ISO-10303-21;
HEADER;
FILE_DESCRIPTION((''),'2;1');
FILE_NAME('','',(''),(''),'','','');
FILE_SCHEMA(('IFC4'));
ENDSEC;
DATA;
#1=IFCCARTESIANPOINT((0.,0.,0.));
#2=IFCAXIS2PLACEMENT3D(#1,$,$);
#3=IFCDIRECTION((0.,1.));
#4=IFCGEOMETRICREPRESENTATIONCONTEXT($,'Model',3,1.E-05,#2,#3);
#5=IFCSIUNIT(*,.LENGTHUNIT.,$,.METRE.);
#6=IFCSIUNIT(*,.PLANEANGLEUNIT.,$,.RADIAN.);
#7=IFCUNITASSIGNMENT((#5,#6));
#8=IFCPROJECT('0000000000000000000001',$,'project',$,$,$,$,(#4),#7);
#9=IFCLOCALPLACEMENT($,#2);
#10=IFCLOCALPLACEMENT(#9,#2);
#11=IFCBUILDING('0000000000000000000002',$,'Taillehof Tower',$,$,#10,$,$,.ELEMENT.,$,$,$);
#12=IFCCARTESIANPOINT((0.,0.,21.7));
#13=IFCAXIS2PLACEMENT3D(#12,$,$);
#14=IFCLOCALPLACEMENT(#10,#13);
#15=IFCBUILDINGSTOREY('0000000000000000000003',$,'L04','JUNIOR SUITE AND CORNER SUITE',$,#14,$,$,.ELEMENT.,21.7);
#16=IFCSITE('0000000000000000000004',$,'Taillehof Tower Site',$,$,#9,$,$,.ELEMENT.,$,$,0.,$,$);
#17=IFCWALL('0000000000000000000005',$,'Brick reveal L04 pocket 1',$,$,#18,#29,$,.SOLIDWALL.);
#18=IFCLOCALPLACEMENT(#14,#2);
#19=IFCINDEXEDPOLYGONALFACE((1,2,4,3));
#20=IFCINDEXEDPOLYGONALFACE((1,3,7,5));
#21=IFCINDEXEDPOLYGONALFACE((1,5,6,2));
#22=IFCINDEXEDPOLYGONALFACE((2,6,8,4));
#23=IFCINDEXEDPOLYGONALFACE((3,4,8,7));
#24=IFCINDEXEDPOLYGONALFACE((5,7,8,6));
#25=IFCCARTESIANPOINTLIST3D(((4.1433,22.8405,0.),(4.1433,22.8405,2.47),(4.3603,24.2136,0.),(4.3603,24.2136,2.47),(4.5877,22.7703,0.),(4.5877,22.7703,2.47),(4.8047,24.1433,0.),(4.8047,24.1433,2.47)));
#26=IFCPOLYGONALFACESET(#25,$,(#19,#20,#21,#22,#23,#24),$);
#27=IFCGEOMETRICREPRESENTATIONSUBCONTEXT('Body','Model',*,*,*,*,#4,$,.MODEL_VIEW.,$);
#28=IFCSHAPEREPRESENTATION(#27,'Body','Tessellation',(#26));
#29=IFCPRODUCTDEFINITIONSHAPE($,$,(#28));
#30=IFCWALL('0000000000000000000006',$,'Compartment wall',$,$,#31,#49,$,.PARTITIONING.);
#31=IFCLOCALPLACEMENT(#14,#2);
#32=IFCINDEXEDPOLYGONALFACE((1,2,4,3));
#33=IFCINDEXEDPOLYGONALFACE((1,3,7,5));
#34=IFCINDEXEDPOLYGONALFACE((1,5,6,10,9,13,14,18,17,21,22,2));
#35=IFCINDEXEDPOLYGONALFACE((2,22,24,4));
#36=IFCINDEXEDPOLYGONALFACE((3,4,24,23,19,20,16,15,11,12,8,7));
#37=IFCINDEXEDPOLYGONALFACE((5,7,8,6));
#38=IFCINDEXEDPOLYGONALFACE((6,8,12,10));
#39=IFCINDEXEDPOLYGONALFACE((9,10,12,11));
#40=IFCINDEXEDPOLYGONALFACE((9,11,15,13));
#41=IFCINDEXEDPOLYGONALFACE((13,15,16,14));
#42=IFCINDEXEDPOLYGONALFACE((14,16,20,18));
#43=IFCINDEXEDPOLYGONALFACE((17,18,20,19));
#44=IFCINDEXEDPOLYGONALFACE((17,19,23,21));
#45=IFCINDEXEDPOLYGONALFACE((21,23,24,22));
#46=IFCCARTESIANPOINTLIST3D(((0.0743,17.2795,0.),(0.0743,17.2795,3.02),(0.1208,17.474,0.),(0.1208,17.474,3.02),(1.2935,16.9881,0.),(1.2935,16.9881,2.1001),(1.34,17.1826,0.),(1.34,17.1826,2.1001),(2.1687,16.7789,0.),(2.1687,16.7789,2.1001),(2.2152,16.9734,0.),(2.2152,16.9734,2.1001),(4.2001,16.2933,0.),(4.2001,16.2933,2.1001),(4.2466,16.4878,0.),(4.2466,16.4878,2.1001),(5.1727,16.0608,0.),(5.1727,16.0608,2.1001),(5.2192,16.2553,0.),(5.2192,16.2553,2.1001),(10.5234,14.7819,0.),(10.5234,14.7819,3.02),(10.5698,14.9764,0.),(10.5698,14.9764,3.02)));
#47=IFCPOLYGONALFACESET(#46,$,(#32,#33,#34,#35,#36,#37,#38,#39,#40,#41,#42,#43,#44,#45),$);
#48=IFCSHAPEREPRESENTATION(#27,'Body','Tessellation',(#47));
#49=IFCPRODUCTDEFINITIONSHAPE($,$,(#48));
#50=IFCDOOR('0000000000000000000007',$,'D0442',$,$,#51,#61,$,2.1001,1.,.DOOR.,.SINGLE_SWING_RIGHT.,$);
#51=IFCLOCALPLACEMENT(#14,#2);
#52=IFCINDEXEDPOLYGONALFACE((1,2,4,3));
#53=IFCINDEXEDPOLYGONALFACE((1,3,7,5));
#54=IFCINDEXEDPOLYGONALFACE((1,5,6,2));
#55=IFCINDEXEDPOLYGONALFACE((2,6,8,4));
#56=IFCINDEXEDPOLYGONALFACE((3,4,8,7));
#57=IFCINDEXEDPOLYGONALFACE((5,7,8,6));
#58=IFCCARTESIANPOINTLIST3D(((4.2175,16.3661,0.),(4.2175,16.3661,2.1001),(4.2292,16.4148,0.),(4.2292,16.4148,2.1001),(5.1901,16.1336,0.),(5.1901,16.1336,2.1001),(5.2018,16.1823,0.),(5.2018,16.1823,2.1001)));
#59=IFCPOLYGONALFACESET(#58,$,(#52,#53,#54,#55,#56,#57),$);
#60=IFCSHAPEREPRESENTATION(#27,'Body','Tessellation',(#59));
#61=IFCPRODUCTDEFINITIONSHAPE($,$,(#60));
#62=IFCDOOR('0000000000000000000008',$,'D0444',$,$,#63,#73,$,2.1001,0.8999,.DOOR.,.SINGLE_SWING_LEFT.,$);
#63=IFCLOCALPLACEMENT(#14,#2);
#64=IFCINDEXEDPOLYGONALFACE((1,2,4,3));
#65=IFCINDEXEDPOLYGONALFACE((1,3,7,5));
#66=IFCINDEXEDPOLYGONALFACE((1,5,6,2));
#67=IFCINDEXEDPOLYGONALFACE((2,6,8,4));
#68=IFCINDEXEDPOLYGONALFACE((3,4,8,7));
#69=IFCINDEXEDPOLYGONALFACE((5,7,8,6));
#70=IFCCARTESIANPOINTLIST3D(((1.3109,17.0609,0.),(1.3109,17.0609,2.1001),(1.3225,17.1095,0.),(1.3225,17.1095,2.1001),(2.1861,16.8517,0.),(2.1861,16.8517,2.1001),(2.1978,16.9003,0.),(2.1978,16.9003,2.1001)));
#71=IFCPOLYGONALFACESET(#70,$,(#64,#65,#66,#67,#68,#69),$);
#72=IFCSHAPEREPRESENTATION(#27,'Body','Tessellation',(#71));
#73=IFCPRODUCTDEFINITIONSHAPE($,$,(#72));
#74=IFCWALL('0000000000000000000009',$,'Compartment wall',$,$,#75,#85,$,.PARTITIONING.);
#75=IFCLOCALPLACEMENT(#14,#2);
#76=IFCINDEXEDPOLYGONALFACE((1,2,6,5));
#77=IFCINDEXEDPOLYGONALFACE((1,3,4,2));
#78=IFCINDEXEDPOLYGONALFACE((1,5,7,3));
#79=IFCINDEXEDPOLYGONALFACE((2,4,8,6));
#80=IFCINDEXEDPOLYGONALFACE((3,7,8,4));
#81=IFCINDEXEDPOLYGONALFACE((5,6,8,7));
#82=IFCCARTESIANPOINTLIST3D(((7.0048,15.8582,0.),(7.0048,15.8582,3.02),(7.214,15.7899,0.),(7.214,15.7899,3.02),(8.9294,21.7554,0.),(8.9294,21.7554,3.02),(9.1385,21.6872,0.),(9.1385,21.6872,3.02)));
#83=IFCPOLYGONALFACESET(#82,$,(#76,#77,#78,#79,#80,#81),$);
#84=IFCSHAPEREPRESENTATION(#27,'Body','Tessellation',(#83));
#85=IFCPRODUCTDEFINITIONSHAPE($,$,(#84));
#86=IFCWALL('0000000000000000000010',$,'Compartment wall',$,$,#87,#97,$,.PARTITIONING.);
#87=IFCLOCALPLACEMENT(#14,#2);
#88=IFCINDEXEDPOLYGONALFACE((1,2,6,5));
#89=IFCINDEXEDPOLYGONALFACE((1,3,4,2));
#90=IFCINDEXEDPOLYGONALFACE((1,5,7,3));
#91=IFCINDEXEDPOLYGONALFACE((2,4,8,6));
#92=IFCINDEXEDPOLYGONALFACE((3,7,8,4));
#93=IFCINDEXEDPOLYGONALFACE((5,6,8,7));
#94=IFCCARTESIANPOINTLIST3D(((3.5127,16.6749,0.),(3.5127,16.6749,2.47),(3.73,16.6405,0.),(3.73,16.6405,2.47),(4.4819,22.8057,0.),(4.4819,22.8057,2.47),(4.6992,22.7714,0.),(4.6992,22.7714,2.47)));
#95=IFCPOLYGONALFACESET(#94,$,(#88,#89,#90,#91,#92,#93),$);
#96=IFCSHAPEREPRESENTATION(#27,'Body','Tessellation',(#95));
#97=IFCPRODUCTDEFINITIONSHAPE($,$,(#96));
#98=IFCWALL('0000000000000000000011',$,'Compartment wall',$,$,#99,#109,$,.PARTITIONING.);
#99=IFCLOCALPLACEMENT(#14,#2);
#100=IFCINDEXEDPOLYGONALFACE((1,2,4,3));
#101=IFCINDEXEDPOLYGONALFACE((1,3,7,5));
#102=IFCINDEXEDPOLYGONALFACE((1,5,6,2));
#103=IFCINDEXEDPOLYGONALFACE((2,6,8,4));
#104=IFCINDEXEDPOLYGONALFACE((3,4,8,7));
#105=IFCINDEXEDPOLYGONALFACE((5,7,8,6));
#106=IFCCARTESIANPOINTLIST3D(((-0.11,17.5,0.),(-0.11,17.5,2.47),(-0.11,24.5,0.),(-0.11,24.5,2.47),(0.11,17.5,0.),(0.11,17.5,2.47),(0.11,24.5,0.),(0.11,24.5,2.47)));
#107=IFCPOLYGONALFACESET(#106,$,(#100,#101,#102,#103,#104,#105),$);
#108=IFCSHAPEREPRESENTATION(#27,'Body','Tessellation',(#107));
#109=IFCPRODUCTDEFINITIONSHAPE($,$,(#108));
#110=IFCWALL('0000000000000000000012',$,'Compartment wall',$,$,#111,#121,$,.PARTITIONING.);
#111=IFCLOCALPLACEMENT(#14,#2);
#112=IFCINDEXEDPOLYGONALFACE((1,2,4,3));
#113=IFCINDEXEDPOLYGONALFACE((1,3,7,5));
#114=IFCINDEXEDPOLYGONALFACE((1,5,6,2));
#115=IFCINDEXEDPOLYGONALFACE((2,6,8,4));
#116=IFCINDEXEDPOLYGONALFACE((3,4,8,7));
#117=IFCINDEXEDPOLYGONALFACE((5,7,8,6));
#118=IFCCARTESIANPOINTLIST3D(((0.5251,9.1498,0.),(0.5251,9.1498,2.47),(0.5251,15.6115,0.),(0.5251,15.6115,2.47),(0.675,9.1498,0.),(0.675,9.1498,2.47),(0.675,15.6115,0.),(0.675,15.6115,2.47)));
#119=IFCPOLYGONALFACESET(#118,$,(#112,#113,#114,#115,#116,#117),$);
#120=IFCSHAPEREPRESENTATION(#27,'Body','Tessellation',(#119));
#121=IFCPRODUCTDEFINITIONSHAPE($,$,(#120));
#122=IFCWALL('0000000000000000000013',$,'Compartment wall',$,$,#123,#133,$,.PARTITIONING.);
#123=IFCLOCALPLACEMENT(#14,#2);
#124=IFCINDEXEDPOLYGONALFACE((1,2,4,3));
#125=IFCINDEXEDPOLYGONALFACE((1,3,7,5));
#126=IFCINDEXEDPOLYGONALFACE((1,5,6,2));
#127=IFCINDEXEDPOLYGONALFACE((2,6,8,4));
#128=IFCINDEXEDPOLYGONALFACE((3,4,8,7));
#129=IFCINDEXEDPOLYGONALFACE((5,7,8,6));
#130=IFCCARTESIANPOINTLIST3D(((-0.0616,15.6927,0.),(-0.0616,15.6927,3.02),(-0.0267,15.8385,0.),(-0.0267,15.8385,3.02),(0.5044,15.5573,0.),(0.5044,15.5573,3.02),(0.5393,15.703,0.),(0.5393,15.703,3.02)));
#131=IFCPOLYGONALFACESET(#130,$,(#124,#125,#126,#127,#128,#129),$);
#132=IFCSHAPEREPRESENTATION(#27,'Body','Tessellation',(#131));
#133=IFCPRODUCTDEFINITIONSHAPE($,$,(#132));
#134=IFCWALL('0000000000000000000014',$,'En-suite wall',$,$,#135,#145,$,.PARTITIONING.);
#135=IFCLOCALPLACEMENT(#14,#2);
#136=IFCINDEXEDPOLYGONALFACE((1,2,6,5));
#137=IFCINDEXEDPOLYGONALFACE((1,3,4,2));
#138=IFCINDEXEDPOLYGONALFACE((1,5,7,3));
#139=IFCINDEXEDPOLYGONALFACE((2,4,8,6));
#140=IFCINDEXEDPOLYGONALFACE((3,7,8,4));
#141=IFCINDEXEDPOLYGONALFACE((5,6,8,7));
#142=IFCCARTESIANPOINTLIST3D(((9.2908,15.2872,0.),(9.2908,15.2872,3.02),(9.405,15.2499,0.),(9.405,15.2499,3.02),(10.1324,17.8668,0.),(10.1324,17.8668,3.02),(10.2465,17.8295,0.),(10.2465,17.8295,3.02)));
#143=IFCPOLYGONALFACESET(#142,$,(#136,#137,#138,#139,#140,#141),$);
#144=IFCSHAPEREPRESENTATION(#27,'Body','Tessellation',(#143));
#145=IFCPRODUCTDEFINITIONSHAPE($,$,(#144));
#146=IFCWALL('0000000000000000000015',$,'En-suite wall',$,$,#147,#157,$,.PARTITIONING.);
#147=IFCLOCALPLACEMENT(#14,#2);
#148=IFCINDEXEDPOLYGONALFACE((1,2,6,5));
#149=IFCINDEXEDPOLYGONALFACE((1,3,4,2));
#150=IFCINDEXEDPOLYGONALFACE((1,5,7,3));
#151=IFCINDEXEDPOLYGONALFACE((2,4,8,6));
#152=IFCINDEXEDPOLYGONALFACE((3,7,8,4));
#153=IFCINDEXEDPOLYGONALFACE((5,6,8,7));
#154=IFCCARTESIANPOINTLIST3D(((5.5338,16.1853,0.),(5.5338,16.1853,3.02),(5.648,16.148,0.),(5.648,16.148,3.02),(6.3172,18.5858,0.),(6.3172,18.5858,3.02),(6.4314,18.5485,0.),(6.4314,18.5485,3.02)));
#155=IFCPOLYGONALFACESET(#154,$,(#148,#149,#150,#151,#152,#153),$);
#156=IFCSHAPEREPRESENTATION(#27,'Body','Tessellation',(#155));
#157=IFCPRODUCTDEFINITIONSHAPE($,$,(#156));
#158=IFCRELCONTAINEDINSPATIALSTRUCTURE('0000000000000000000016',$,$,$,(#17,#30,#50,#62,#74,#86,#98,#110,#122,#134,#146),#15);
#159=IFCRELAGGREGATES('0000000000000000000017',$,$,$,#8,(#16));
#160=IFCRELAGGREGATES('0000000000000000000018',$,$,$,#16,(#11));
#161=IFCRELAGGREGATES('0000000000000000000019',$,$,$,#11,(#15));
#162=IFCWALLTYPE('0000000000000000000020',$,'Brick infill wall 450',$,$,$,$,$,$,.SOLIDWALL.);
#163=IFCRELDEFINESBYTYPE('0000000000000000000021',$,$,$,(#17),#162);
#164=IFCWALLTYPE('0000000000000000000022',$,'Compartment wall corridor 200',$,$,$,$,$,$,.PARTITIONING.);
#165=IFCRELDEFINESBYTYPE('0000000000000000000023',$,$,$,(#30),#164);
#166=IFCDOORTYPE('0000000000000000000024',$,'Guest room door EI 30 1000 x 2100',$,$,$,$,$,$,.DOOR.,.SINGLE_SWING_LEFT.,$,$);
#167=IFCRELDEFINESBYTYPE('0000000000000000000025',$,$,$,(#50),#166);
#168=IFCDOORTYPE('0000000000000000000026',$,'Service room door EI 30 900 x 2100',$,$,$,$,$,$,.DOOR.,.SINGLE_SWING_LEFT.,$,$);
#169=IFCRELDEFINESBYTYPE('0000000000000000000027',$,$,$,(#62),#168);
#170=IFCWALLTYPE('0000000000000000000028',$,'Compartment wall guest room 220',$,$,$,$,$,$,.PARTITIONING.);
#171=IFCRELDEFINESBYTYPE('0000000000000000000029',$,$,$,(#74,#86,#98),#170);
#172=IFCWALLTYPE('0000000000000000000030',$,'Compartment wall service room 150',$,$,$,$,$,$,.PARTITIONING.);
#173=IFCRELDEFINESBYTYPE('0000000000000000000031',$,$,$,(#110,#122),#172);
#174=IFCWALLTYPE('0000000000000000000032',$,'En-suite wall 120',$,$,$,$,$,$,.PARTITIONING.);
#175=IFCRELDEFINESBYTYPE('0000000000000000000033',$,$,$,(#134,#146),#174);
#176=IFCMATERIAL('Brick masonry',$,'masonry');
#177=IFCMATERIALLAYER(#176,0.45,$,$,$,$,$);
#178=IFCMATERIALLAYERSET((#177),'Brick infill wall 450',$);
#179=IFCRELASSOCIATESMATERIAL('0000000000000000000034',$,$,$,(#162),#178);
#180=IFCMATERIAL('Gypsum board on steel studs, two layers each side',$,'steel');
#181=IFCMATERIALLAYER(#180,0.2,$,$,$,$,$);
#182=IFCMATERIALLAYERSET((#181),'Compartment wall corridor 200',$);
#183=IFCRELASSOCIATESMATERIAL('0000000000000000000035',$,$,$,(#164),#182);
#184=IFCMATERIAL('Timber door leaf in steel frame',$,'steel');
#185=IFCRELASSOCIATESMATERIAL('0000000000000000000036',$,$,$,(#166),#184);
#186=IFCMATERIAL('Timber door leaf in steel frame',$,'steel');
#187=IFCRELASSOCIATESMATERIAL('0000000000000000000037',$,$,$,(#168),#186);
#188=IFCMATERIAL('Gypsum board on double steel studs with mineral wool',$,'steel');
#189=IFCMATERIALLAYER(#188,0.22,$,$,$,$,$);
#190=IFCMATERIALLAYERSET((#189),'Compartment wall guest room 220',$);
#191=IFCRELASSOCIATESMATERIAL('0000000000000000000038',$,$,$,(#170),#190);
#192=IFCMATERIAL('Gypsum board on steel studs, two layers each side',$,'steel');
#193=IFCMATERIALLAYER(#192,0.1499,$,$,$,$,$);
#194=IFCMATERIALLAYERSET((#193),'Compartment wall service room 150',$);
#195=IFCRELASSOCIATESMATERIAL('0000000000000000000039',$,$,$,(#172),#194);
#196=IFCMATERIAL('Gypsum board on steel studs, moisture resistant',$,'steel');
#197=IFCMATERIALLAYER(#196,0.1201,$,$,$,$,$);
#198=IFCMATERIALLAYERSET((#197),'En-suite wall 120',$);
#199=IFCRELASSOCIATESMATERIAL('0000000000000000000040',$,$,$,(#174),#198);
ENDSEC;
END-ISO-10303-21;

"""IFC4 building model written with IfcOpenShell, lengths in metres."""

from ifc_helpers import new_model, si_unit, direction, frame, frame_2d, origin, place, context, subcontext, project, spatial, rectangle, extrude, material, layer, layer_set, type_object, element, fill, save


model = new_model("IFC4")

# Units and contexts
model_context = context("Model", 3, precision=1e-05, world=origin(), true_north=direction((0.0, 1.0)))
body_context = subcontext(model_context, "Body", "Model", "MODEL_VIEW")
ifc_project = project(units=[si_unit("LENGTHUNIT", "METRE"), si_unit("PLANEANGLEUNIT", "RADIAN")], contexts=[model_context])

# Site, building, storey
site_placement = place(None, origin())
site = spatial("IfcSite", under=ifc_project, at=site_placement, Name="Taillehof Tower Site", CompositionType="ELEMENT", RefElevation=0.0)
building_placement = place(site_placement, origin())
building = spatial("IfcBuilding", under=site, at=building_placement, Name="Taillehof Tower", CompositionType="ELEMENT")
storey_placement = place(building_placement, frame((0.0, 0.0, 21.7)))
storey = spatial("IfcBuildingStorey", under=building, at=storey_placement, Name="L04", Description="JUNIOR SUITE AND CORNER SUITE", CompositionType="ELEMENT", Elevation=21.7)

# Shared definitions
ifc_material_1 = material(Name="Brick masonry", Category="masonry")
ifc_layer_1 = layer(ifc_material_1, 0.45)
ifc_layer_set_1 = layer_set([ifc_layer_1], Name="Brick infill wall 450")
wall_type_1 = type_object("IfcWallType", Name="Brick infill wall 450", PredefinedType="SOLIDWALL", material=ifc_layer_set_1)

# Wall
wall_1_placement = place(storey_placement, frame((4.5825, 24.1785, 0.0), z_axis=(0.0, 0.0, 1.0), x_axis=(-0.156134, -0.987736, 0.0)))
element("IfcWall", 1, at=wall_1_placement, inside=storey, type_object=wall_type_1, Name="Brick reveal L04 pocket 1", PredefinedType="SOLIDWALL", context=body_context, shape_type="SweptSolid", body=[
    extrude(rectangle(XDim=1.3901, YDim=0.45, at=frame_2d((0.6951, 0.0))), origin(), (0.0, 0.0, 1.0), 2.47),
])

# Wall, openings, doors
ifc_material_2 = material(Name="Gypsum board on steel studs, two layers each side", Category="steel")
ifc_layer_2 = layer(ifc_material_2, 0.2)
ifc_layer_set_2 = layer_set([ifc_layer_2], Name="Compartment wall corridor 200")
wall_type_2 = type_object("IfcWallType", Name="Compartment wall corridor 200", PredefinedType="PARTITIONING", material=ifc_layer_set_2)
wall_2_placement = place(storey_placement, frame((0.0977, 17.3767, 0.0), z_axis=(0.0, 0.0, 1.0), x_axis=(0.972602, -0.232476, 0.0)))
wall_2 = element("IfcWall", 2, at=wall_2_placement, inside=storey, type_object=wall_type_2, Name="Compartment wall", PredefinedType="PARTITIONING", context=body_context, shape_type="SweptSolid", body=[
    extrude(rectangle(XDim=10.7434, YDim=0.2, at=frame_2d((5.3716, 0.0))), origin(), (0.0, 0.0, 1.0), 3.02),
])
opening_1_placement = place(wall_2_placement, frame((4.2419, 0.0, 0.0)))
opening_1 = element("IfcOpeningElement", 3, at=opening_1_placement, cuts=wall_2, PredefinedType="OPENING", context=body_context, shape_type="SweptSolid", body=[
    extrude(rectangle(XDim=1.0, YDim=2.1001, at=frame_2d((0.5, 1.05))), frame((0.0, 0.1099, 0.0), z_axis=(0.0, -1.0, 0.0), x_axis=(1.0, 0.0, 0.0)), (0.0, 0.0, 1.0), 0.22),
])
opening_2_placement = place(wall_2_placement, frame((1.2534, 0.0, 0.0)))
opening_2 = element("IfcOpeningElement", 4, at=opening_2_placement, cuts=wall_2, PredefinedType="OPENING", context=body_context, shape_type="SweptSolid", body=[
    extrude(rectangle(XDim=0.8999, YDim=2.1001, at=frame_2d((0.45, 1.05))), frame((0.0, 0.1099, 0.0), z_axis=(0.0, -1.0, 0.0), x_axis=(1.0, 0.0, 0.0)), (0.0, 0.0, 1.0), 0.22),
])
ifc_material_3 = material(Name="Timber door leaf in steel frame", Category="steel")
door_type_1 = type_object("IfcDoorType", Name="Guest room door EI 30 1000 x 2100", OperationType="SINGLE_SWING_LEFT", PredefinedType="DOOR", material=ifc_material_3)
door_1_placement = place(opening_1_placement, origin())
door_1 = element("IfcDoor", 5, at=door_1_placement, inside=storey, type_object=door_type_1, Name="D0442", OperationType="SINGLE_SWING_RIGHT", OverallHeight=2.1001, OverallWidth=1.0, PredefinedType="DOOR", context=body_context, shape_type="SweptSolid", body=[
    extrude(rectangle(XDim=1.0, YDim=2.1001, at=frame_2d((0.5, 1.05))), frame((0.0, 0.0249, 0.0), z_axis=(0.0, -1.0, 0.0), x_axis=(1.0, 0.0, 0.0)), (0.0, 0.0, 1.0), 0.05),
])
fill(opening_1, door_1)
ifc_material_4 = material(Name="Timber door leaf in steel frame", Category="steel")
door_type_2 = type_object("IfcDoorType", Name="Service room door EI 30 900 x 2100", OperationType="SINGLE_SWING_LEFT", PredefinedType="DOOR", material=ifc_material_4)
door_2_placement = place(opening_2_placement, origin())
door_2 = element("IfcDoor", 6, at=door_2_placement, inside=storey, type_object=door_type_2, Name="D0444", OperationType="SINGLE_SWING_LEFT", OverallHeight=2.1001, OverallWidth=0.8999, PredefinedType="DOOR", context=body_context, shape_type="SweptSolid", body=[
    extrude(rectangle(XDim=0.8999, YDim=2.1001, at=frame_2d((0.45, 1.05))), frame((0.0, 0.0249, 0.0), z_axis=(0.0, -1.0, 0.0), x_axis=(1.0, 0.0, 0.0)), (0.0, 0.0, 1.0), 0.05),
])
fill(opening_2, door_2)

# Walls
ifc_material_5 = material(Name="Gypsum board on double steel studs with mineral wool", Category="steel")
ifc_layer_3 = layer(ifc_material_5, 0.22)
ifc_layer_set_3 = layer_set([ifc_layer_3], Name="Compartment wall guest room 220")
wall_type_3 = type_object("IfcWallType", Name="Compartment wall guest room 220", PredefinedType="PARTITIONING", material=ifc_layer_set_3)
wall_3_placement = place(storey_placement, frame((9.0339, 21.7212, 0.0), z_axis=(0.0, 0.0, 1.0), x_axis=(-0.310247, -0.950656, 0.0)))
element("IfcWall", 7, at=wall_3_placement, inside=storey, type_object=wall_type_3, Name="Compartment wall", PredefinedType="PARTITIONING", context=body_context, shape_type="SweptSolid", body=[
    extrude(rectangle(XDim=6.2034, YDim=0.22, at=frame_2d((3.1016, 0.0))), origin(), (0.0, 0.0, 1.0), 3.02),
])
wall_4_placement = place(storey_placement, frame((4.5906, 22.7886, 0.0), z_axis=(0.0, 0.0, 1.0), x_axis=(-0.156152, -0.987733, 0.0)))
element("IfcWall", 8, at=wall_4_placement, inside=storey, type_object=wall_type_3, Name="Compartment wall", PredefinedType="PARTITIONING", context=body_context, shape_type="SweptSolid", body=[
    extrude(rectangle(XDim=6.207, YDim=0.22, at=frame_2d((3.1035, 0.0))), origin(), (0.0, 0.0, 1.0), 2.47),
])
wall_5_placement = place(storey_placement, frame((0.0, 24.5, 0.0), z_axis=(0.0, 0.0, 1.0), x_axis=(0.0, -1.0, 0.0)))
element("IfcWall", 9, at=wall_5_placement, inside=storey, type_object=wall_type_3, Name="Compartment wall", PredefinedType="PARTITIONING", context=body_context, shape_type="SweptSolid", body=[
    extrude(rectangle(XDim=7.0, YDim=0.22, at=frame_2d((3.5, 0.0))), origin(), (0.0, 0.0, 1.0), 2.47),
])
ifc_material_6 = material(Name="Gypsum board on steel studs, two layers each side", Category="steel")
ifc_layer_4 = layer(ifc_material_6, 0.1499)
ifc_layer_set_4 = layer_set([ifc_layer_4], Name="Compartment wall service room 150")
wall_type_4 = type_object("IfcWallType", Name="Compartment wall service room 150", PredefinedType="PARTITIONING", material=ifc_layer_set_4)
wall_6_placement = place(storey_placement, frame((0.6001, 15.6116, 0.0), z_axis=(0.0, 0.0, 1.0), x_axis=(0.0, -1.0, 0.0)))
element("IfcWall", 10, at=wall_6_placement, inside=storey, type_object=wall_type_4, Name="Compartment wall", PredefinedType="PARTITIONING", context=body_context, shape_type="SweptSolid", body=[
    extrude(rectangle(XDim=6.4617, YDim=0.1499, at=frame_2d((3.231, 0.0))), origin(), (0.0, 0.0, 1.0), 2.47),
])
wall_7_placement = place(storey_placement, frame((-0.0442, 15.7656, 0.0), z_axis=(0.0, 0.0, 1.0), x_axis=(0.972536, -0.232754, 0.0)))
element("IfcWall", 11, at=wall_7_placement, inside=storey, type_object=wall_type_4, Name="Compartment wall", PredefinedType="PARTITIONING", context=body_context, shape_type="SweptSolid", body=[
    extrude(rectangle(XDim=0.582, YDim=0.1499, at=frame_2d((0.291, 0.0))), origin(), (0.0, 0.0, 1.0), 3.02),
])
ifc_material_7 = material(Name="Gypsum board on steel studs, moisture resistant", Category="steel")
ifc_layer_5 = layer(ifc_material_7, 0.1201)
ifc_layer_set_5 = layer_set([ifc_layer_5], Name="En-suite wall 120")
wall_type_5 = type_object("IfcWallType", Name="En-suite wall 120", PredefinedType="PARTITIONING", material=ifc_layer_set_5)
wall_8_placement = place(storey_placement, frame((9.3479, 15.2686, 0.0), z_axis=(0.0, 0.0, 1.0), x_axis=(0.310148, 0.950688, 0.0)))
element("IfcWall", 12, at=wall_8_placement, inside=storey, type_object=wall_type_5, Name="En-suite wall", PredefinedType="PARTITIONING", context=body_context, shape_type="SweptSolid", body=[
    extrude(rectangle(XDim=2.7134, YDim=0.1201, at=frame_2d((1.3567, 0.0))), origin(), (0.0, 0.0, 1.0), 3.02),
])
wall_9_placement = place(storey_placement, frame((5.5908, 16.1665, 0.0), z_axis=(0.0, 0.0, 1.0), x_axis=(0.310247, 0.950656, 0.0)))
element("IfcWall", 13, at=wall_9_placement, inside=storey, type_object=wall_type_5, Name="En-suite wall", PredefinedType="PARTITIONING", context=body_context, shape_type="SweptSolid", body=[
    extrude(rectangle(XDim=2.5251, YDim=0.1201, at=frame_2d((1.2627, 0.0))), origin(), (0.0, 0.0, 1.0), 3.02),
])

save(model, "model.ifc")
